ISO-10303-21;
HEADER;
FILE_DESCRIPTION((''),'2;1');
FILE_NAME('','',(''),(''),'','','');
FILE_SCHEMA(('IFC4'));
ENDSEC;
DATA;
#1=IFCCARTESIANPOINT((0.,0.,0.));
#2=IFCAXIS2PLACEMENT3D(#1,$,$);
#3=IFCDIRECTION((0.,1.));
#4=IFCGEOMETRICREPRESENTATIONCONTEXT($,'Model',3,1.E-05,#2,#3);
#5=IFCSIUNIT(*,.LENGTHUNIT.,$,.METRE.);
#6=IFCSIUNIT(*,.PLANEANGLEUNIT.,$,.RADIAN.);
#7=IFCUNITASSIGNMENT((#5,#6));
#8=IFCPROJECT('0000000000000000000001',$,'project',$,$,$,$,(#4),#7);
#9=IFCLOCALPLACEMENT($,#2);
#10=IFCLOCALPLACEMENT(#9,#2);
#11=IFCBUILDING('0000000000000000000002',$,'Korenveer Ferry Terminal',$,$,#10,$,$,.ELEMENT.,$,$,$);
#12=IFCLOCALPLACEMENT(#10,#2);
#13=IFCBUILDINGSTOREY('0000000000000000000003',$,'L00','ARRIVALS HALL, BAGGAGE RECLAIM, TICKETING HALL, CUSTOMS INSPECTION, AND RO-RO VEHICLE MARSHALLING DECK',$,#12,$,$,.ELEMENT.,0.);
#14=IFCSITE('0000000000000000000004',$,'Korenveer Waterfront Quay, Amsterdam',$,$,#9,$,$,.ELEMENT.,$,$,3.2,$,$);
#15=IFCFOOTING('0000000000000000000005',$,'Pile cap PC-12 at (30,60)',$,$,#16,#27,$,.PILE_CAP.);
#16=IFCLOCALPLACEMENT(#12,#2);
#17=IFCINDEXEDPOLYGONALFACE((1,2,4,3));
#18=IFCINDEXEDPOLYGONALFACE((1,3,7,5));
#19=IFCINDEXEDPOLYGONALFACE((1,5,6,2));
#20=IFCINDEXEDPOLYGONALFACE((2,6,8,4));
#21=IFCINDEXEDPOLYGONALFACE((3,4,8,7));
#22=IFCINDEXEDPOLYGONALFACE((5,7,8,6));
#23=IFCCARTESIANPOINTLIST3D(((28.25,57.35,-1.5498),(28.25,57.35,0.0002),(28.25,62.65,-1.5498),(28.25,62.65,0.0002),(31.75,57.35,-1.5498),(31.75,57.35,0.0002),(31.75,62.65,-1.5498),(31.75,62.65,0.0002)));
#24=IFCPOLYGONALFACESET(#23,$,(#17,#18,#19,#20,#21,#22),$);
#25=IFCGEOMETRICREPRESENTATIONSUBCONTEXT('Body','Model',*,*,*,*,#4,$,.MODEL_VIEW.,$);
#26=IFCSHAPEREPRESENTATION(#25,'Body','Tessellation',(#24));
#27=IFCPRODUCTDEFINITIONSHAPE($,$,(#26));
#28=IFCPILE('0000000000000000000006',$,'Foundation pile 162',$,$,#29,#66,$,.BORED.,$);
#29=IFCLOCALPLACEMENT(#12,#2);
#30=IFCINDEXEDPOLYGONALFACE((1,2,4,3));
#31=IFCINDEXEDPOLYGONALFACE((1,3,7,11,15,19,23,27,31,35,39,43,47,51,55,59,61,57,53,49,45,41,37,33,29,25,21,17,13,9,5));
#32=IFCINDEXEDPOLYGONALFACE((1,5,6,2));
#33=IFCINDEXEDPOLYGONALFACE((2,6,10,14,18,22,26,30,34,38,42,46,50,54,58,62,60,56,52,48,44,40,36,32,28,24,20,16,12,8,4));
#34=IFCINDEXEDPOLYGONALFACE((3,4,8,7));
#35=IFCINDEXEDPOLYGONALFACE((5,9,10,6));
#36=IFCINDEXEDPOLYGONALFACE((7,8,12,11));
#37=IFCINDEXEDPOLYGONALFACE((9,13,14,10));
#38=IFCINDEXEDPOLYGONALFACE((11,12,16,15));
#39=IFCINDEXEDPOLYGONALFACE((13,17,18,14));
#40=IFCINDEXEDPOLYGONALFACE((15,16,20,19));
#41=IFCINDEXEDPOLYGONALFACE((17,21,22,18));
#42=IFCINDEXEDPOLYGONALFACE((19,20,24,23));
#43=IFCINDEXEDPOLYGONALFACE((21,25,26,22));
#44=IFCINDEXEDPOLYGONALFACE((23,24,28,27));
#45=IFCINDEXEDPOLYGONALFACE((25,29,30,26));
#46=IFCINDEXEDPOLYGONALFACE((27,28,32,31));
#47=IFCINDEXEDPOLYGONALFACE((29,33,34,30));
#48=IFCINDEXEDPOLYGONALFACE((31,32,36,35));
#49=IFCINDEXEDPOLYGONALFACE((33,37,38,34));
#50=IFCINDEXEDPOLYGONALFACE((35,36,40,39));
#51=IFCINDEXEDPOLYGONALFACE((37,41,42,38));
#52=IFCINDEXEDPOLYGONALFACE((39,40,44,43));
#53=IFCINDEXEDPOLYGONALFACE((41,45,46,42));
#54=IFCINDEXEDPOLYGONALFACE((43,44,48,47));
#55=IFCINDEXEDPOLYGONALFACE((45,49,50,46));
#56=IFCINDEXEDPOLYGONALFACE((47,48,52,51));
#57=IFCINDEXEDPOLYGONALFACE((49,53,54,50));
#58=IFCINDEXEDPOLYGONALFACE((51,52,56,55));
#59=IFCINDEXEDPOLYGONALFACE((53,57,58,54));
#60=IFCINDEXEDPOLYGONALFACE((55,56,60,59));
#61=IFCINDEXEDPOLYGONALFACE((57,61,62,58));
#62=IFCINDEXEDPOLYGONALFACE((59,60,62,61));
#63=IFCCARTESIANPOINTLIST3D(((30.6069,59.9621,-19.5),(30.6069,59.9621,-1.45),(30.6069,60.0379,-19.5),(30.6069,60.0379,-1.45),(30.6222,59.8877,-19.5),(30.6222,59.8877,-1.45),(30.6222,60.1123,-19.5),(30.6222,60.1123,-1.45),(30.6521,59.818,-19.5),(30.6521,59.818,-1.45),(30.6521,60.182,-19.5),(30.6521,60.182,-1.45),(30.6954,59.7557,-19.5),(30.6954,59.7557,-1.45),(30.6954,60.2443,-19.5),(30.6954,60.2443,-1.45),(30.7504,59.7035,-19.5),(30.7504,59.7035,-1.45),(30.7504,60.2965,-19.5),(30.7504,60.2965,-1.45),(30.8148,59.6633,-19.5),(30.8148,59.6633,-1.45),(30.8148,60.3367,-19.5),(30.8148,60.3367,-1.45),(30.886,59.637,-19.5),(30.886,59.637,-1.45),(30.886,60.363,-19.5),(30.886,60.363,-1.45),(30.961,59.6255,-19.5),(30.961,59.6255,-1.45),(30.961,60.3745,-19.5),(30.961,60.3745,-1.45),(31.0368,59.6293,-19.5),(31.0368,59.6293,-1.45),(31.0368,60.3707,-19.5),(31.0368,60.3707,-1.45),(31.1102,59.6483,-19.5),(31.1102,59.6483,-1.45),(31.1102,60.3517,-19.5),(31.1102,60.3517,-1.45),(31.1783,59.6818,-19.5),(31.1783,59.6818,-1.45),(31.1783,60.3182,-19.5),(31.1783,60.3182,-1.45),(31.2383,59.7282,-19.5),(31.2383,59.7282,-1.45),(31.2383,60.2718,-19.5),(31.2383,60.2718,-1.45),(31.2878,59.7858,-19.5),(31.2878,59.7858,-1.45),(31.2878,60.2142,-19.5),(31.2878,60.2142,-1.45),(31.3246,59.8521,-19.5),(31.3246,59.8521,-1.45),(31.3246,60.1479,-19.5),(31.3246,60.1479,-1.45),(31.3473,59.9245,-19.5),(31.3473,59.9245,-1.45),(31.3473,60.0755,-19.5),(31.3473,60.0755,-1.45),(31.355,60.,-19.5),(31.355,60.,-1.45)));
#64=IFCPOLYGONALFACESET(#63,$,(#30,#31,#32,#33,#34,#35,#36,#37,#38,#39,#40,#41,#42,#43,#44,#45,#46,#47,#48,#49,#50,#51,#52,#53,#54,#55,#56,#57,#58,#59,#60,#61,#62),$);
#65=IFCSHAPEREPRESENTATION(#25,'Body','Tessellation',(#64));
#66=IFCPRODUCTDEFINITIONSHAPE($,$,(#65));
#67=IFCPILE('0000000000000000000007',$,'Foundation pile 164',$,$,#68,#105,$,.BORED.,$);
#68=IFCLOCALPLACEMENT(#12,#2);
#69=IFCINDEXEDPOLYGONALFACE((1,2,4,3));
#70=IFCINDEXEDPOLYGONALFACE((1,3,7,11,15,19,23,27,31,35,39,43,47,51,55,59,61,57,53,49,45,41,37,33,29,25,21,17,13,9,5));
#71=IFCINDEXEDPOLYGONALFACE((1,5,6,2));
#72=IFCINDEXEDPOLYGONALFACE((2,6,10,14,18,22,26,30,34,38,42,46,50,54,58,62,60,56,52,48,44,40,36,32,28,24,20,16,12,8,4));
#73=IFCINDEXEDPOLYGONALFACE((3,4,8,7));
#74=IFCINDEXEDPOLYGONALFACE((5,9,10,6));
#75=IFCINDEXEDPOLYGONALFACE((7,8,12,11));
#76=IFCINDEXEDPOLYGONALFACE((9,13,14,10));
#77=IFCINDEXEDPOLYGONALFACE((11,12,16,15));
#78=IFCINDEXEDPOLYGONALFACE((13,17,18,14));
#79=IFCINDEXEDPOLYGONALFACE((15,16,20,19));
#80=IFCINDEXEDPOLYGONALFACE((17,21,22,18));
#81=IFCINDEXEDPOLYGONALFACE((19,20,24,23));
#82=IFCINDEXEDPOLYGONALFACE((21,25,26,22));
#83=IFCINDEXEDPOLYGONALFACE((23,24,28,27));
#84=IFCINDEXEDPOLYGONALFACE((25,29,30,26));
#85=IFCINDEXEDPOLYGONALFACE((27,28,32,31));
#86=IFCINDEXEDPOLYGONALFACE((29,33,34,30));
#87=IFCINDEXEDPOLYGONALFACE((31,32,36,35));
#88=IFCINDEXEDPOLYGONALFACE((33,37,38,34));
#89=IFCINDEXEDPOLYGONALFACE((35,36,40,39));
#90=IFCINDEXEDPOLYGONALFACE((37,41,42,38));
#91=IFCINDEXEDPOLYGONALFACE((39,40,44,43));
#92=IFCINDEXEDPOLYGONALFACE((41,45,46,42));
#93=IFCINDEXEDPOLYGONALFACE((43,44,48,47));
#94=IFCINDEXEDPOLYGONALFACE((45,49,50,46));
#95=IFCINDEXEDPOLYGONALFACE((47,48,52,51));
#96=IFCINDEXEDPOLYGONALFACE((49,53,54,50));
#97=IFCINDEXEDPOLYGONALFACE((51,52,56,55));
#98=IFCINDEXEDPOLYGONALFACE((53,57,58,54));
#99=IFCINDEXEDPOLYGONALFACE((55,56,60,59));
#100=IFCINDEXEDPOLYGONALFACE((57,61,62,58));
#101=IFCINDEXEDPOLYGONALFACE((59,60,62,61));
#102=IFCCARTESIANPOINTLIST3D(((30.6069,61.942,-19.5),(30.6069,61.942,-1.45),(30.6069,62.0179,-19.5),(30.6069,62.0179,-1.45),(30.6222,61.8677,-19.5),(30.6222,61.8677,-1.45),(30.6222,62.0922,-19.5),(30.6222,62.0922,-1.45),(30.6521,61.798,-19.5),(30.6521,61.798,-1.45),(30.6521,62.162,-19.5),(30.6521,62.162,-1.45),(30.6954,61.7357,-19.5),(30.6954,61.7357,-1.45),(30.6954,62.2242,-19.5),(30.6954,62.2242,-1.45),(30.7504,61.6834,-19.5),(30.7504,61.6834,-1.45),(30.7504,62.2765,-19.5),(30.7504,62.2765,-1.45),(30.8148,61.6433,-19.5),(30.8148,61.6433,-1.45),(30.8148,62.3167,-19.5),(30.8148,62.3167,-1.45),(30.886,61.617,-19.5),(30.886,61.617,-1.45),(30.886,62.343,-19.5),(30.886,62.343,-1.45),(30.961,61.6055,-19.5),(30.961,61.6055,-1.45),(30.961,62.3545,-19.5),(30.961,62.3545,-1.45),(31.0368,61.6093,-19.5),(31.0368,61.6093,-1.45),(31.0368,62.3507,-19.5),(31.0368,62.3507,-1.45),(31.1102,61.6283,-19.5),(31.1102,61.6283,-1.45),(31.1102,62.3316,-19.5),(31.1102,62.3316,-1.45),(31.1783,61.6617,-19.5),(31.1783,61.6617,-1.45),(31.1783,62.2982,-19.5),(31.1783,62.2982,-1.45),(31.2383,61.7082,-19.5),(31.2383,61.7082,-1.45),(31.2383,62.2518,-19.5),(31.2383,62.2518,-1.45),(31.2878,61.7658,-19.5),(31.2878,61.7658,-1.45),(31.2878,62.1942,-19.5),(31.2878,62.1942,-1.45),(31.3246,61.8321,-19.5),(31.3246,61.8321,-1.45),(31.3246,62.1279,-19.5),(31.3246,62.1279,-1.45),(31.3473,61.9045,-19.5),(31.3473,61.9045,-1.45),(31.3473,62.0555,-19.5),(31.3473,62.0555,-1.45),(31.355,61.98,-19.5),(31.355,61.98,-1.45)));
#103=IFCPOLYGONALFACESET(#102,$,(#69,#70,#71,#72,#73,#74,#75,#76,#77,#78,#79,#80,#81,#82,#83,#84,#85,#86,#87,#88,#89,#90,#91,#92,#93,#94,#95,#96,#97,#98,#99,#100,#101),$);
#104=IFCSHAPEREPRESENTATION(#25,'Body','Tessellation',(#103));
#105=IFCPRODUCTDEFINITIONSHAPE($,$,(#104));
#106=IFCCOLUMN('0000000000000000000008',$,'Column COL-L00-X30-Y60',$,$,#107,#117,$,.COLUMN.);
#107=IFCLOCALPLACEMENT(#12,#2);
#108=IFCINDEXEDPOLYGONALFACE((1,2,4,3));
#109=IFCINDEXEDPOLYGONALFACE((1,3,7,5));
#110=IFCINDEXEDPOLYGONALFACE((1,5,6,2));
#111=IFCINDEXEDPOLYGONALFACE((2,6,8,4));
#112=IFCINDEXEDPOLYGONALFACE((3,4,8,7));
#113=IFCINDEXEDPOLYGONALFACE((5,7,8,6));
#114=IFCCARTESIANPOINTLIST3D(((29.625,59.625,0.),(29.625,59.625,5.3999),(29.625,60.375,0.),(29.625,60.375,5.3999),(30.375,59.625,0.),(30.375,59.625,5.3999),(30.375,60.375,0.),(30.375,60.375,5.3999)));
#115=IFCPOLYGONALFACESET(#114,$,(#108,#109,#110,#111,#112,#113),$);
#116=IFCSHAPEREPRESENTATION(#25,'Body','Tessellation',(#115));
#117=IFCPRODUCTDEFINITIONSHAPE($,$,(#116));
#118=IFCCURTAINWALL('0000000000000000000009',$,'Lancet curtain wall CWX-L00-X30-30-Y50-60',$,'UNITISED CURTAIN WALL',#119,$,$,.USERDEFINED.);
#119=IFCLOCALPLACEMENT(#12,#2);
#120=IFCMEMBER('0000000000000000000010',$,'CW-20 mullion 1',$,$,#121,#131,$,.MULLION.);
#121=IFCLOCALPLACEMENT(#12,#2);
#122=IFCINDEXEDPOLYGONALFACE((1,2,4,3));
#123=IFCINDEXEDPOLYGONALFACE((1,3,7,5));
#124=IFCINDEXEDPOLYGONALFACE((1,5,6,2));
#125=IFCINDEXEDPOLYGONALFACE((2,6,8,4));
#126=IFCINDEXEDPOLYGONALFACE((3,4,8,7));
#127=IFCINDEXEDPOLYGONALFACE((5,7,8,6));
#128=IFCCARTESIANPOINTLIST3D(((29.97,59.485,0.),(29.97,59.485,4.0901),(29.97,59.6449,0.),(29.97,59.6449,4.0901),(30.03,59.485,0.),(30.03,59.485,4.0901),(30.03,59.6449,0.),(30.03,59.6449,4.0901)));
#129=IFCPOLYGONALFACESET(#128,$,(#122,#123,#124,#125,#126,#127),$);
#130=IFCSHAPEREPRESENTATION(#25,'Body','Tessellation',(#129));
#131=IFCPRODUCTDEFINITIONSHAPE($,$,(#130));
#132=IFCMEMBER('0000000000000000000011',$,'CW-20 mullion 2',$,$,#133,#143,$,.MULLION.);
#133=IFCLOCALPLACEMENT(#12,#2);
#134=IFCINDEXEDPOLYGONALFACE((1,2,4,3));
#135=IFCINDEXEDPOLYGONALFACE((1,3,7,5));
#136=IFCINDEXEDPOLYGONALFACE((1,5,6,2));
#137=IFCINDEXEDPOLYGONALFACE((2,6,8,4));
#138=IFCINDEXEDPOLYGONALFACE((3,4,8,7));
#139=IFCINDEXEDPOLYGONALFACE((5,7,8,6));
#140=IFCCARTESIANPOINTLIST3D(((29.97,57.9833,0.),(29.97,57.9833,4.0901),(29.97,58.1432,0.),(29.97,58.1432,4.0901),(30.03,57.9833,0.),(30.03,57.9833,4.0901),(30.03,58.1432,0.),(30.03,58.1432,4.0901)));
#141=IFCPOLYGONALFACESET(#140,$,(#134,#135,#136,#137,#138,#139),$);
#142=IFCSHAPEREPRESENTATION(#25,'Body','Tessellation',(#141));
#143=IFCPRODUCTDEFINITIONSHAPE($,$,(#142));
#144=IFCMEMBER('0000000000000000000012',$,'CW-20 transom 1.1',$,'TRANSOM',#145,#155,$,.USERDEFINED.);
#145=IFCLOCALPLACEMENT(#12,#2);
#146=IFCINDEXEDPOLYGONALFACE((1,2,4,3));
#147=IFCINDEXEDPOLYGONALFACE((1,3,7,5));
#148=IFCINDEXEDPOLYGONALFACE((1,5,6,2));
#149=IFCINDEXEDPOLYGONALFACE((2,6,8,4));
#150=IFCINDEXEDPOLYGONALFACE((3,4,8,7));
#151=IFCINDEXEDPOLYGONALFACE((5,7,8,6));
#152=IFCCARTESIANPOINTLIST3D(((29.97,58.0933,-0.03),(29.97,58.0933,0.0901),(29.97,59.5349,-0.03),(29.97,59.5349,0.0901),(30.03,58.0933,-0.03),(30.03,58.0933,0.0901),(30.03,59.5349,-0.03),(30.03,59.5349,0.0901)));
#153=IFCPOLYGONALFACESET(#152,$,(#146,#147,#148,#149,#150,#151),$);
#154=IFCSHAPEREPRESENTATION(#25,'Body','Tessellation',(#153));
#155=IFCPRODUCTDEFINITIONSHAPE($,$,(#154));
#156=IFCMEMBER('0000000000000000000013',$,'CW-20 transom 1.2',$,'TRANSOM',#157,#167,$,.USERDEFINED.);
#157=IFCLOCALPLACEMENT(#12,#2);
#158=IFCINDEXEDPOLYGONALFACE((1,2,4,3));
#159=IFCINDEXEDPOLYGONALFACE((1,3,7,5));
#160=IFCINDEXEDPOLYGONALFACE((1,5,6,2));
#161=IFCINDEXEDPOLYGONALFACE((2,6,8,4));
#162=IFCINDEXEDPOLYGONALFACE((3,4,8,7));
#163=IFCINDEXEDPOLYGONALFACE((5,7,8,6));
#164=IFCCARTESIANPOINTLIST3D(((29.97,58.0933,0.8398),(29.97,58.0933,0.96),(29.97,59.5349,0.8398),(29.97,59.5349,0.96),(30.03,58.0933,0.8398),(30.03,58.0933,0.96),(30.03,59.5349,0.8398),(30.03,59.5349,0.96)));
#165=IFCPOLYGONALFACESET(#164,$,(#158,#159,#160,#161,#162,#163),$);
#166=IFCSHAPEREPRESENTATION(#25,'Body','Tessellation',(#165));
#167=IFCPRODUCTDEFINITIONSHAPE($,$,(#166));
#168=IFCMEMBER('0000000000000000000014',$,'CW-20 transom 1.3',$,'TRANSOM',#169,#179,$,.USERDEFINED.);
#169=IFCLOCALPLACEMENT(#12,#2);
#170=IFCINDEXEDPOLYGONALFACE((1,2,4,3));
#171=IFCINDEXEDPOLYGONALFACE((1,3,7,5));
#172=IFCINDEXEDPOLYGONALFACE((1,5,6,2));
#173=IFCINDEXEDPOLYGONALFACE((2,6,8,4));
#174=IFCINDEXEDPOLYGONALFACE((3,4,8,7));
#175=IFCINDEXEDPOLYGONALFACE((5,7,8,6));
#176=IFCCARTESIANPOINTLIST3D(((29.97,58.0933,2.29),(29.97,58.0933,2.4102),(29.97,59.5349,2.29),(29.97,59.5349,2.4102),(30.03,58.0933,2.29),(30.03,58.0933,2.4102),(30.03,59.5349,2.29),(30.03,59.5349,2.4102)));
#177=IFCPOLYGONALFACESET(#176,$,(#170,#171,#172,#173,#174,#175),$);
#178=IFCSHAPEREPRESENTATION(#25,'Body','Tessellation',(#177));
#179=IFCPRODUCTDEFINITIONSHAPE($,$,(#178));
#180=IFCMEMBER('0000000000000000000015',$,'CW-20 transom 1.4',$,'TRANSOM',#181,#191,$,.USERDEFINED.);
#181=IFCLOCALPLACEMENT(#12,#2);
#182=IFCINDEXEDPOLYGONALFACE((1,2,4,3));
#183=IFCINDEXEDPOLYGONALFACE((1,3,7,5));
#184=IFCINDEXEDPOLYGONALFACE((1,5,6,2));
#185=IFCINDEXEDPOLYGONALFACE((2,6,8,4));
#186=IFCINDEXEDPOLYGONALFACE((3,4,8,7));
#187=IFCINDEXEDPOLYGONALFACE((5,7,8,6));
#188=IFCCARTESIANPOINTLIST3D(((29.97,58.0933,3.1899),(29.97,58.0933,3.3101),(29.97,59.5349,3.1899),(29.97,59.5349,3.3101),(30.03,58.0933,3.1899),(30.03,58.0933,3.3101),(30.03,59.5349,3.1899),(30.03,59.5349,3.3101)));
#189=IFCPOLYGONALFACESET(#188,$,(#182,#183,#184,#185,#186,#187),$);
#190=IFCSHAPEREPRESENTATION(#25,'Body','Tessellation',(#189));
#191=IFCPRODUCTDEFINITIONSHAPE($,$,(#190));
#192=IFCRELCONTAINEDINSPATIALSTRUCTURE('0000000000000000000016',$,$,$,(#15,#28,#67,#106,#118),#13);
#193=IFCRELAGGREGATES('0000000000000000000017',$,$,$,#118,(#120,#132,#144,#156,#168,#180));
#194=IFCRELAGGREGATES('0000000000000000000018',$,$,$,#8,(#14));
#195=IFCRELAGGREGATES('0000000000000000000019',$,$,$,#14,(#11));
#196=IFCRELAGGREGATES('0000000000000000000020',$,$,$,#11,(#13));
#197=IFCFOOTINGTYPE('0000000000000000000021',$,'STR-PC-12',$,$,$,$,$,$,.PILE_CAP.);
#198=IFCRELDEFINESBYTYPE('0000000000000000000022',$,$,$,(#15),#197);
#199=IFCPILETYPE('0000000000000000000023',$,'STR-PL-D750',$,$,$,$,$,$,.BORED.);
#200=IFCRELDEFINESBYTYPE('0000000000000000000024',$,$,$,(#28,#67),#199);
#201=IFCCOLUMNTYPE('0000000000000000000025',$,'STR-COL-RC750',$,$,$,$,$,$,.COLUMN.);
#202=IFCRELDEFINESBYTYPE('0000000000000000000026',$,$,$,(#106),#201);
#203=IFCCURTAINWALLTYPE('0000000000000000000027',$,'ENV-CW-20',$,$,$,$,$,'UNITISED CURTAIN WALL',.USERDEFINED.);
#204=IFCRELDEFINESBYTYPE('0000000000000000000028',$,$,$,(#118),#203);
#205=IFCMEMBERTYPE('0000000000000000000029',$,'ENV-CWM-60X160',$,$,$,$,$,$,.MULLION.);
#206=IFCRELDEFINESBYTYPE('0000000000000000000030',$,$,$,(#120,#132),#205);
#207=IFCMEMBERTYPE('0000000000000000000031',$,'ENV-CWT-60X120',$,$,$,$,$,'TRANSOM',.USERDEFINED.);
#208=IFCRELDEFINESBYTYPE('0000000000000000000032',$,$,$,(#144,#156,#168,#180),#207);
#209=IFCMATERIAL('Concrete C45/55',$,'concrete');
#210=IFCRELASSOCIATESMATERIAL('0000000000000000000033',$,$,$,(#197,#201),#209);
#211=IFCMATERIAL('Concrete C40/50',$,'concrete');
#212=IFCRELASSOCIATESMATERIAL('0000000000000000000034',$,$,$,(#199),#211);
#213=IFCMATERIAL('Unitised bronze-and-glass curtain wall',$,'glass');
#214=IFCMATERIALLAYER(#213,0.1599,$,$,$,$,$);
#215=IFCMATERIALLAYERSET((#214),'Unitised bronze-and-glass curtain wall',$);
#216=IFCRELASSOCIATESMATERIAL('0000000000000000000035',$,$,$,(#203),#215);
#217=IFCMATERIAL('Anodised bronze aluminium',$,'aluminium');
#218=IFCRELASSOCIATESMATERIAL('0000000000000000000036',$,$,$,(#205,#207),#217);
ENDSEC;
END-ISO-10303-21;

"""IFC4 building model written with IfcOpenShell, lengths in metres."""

from ifc_helpers import new_model, si_unit, direction, frame, origin, origin_2d, place, context, subcontext, project, spatial, rectangle, circle, extrude, material, layer, layer_set, material_profile, profile_set, type_object, element, aggregate, save


model = new_model("IFC4")

# Units and contexts
model_context = context("Model", 3, precision=1e-05, world=origin(), true_north=direction((0.0, 1.0)))
body_context = subcontext(model_context, "Body", "Model", "MODEL_VIEW")
ifc_project = project(units=[si_unit("LENGTHUNIT", "METRE"), si_unit("PLANEANGLEUNIT", "RADIAN")], contexts=[model_context])

# Site, building, storey
site_placement = place(None, origin())
site = spatial("IfcSite", under=ifc_project, at=site_placement, Name="Korenveer Waterfront Quay, Amsterdam", CompositionType="ELEMENT", RefElevation=3.2)
building_placement = place(site_placement, origin())
building = spatial("IfcBuilding", under=site, at=building_placement, Name="Korenveer Ferry Terminal", CompositionType="ELEMENT")
storey_placement = place(building_placement, origin())
storey = spatial("IfcBuildingStorey", under=building, at=storey_placement, Name="L00", Description="ARRIVALS HALL, BAGGAGE RECLAIM, TICKETING HALL, CUSTOMS INSPECTION, AND RO-RO VEHICLE MARSHALLING DECK", CompositionType="ELEMENT", Elevation=0.0)

# Footing
ifc_material_1 = material(Name="Concrete C45/55", Category="concrete")
footing_type = type_object("IfcFootingType", Name="STR-PC-12", PredefinedType="PILE_CAP", material=ifc_material_1)
footing_placement = place(storey_placement, frame((30.0, 60.0, -1.5498), z_axis=(0.0, 0.0, 1.0), x_axis=(1.0, 0.0, 0.0)))
element("IfcFooting", 1, at=footing_placement, inside=storey, type_object=footing_type, Name="Pile cap PC-12 at (30,60)", PredefinedType="PILE_CAP", context=body_context, shape_type="SweptSolid", body=[
    extrude(rectangle(XDim=3.5, YDim=5.3, at=origin_2d()), origin(), (0.0, 0.0, 1.0), 1.55),
])

# Piles
ifc_material_2 = material(Name="Concrete C40/50", Category="concrete")
ifc_material_profile_1 = material_profile(ifc_material_2, circle(Radius=0.375, at=origin_2d()), Name="PILE D750")
ifc_profile_set_1 = profile_set([ifc_material_profile_1], Name="Concrete C40/50")
pile_type = type_object("IfcPileType", Name="STR-PL-D750", PredefinedType="BORED", material=ifc_profile_set_1)
for number, where, z_axis, x_axis, name in (
    (2, (30.98, 60.0, -1.45), (0.0, 0.0, -1.0), (1.0, 0.0, 0.0), "Foundation pile 162"),
    (3, (30.98, 61.98, -1.45), (0.0, 0.0, -1.0), (1.0, 0.0, 0.0), "Foundation pile 164"),
):
    element("IfcPile", number, at=place(storey_placement, frame(where, z_axis=z_axis, x_axis=x_axis)), inside=storey, type_object=pile_type, Name=name, PredefinedType="BORED", context=body_context, shape_type="SweptSolid", body=[
        extrude(circle(Radius=0.375, at=origin_2d()), origin(), (0.0, 0.0, 1.0), 18.05),
    ])

# Column
ifc_material_profile_2 = material_profile(ifc_material_1, rectangle(XDim=0.75, YDim=0.75, at=origin_2d()), Name="RC 750x750")
ifc_profile_set_2 = profile_set([ifc_material_profile_2], Name="Concrete C45/55")
column_type = type_object("IfcColumnType", Name="STR-COL-RC750", PredefinedType="COLUMN", material=ifc_profile_set_2)
column_placement = place(storey_placement, frame((30.0, 60.0, 0.0), z_axis=(0.0, 0.0, 1.0), x_axis=(1.0, 0.0, 0.0)))
element("IfcColumn", 4, at=column_placement, inside=storey, type_object=column_type, Name="Column COL-L00-X30-Y60", PredefinedType="COLUMN", context=body_context, shape_type="SweptSolid", body=[
    extrude(rectangle(XDim=0.75, YDim=0.75, at=origin_2d()), origin(), (0.0, 0.0, 1.0), 5.3999),
])

# Curtain wall, members
ifc_material_3 = material(Name="Unitised bronze-and-glass curtain wall", Category="glass")
ifc_layer_1 = layer(ifc_material_3, 0.1599)
ifc_layer_set_1 = layer_set([ifc_layer_1], Name="Unitised bronze-and-glass curtain wall")
curtain_wall_type = type_object("IfcCurtainWallType", Name="ENV-CW-20", ElementType="UNITISED CURTAIN WALL", PredefinedType="USERDEFINED", material=ifc_layer_set_1)
curtain_wall_placement = place(storey_placement, frame((30.0, 59.595, 0.0)))
curtain_wall = element("IfcCurtainWall", 5, at=curtain_wall_placement, inside=storey, type_object=curtain_wall_type, Name="Lancet curtain wall CWX-L00-X30-30-Y50-60", ObjectType="UNITISED CURTAIN WALL", PredefinedType="USERDEFINED")
ifc_material_4 = material(Name="Anodised bronze aluminium", Category="aluminium")
ifc_material_profile_3 = material_profile(ifc_material_4, rectangle(XDim=0.0601, YDim=0.1599, at=origin_2d()), Name="ALU 60x160")
ifc_profile_set_3 = profile_set([ifc_material_profile_3], Name="Anodised bronze aluminium")
member_type_1 = type_object("IfcMemberType", Name="ENV-CWM-60X160", PredefinedType="MULLION", material=ifc_profile_set_3)
member_1_placement = place(storey_placement, frame((30.0, 59.5649, 0.0), z_axis=(0.0, 0.0, 1.0), x_axis=(1.0, 0.0, 0.0)))
member_1 = element("IfcMember", 6, at=member_1_placement, type_object=member_type_1, Name="CW-20 mullion 1", PredefinedType="MULLION", context=body_context, shape_type="SweptSolid", body=[
    extrude(rectangle(XDim=0.0601, YDim=0.1599, at=origin_2d()), origin(), (0.0, 0.0, 1.0), 4.0901),
])
member_2_placement = place(storey_placement, frame((30.0, 58.0632, 0.0), z_axis=(0.0, 0.0, 1.0), x_axis=(1.0, 0.0, 0.0)))
member_2 = element("IfcMember", 7, at=member_2_placement, type_object=member_type_1, Name="CW-20 mullion 2", PredefinedType="MULLION", context=body_context, shape_type="SweptSolid", body=[
    extrude(rectangle(XDim=0.0601, YDim=0.1599, at=origin_2d()), origin(), (0.0, 0.0, 1.0), 4.0901),
])
ifc_material_profile_4 = material_profile(ifc_material_4, rectangle(XDim=0.0601, YDim=0.1201, at=origin_2d()), Name="ALU 60x120")
ifc_profile_set_4 = profile_set([ifc_material_profile_4], Name="Anodised bronze aluminium")
member_type_2 = type_object("IfcMemberType", Name="ENV-CWT-60X120", ElementType="TRANSOM", PredefinedType="USERDEFINED", material=ifc_profile_set_4)
member_3_placement = place(storey_placement, frame((30.0, 59.5349, 0.03), z_axis=(0.0, -1.0, 0.0), x_axis=(1.0, 0.0, 0.0)))
member_3 = element("IfcMember", 8, at=member_3_placement, type_object=member_type_2, Name="CW-20 transom 1.1", ObjectType="TRANSOM", PredefinedType="USERDEFINED", context=body_context, shape_type="SweptSolid", body=[
    extrude(rectangle(XDim=0.0601, YDim=0.1201, at=origin_2d()), origin(), (0.0, 0.0, 1.0), 1.4417),
])
member_4_placement = place(storey_placement, frame((30.0, 59.5349, 0.8999), z_axis=(0.0, -1.0, 0.0), x_axis=(1.0, 0.0, 0.0)))
member_4 = element("IfcMember", 9, at=member_4_placement, type_object=member_type_2, Name="CW-20 transom 1.2", ObjectType="TRANSOM", PredefinedType="USERDEFINED", context=body_context, shape_type="SweptSolid", body=[
    extrude(rectangle(XDim=0.0601, YDim=0.1201, at=origin_2d()), origin(), (0.0, 0.0, 1.0), 1.4417),
])
member_5_placement = place(storey_placement, frame((30.0, 59.5349, 2.3501), z_axis=(0.0, -1.0, 0.0), x_axis=(1.0, 0.0, 0.0)))
member_5 = element("IfcMember", 10, at=member_5_placement, type_object=member_type_2, Name="CW-20 transom 1.3", ObjectType="TRANSOM", PredefinedType="USERDEFINED", context=body_context, shape_type="SweptSolid", body=[
    extrude(rectangle(XDim=0.0601, YDim=0.1201, at=origin_2d()), origin(), (0.0, 0.0, 1.0), 1.4417),
])
member_6_placement = place(storey_placement, frame((30.0, 59.5349, 3.25), z_axis=(0.0, -1.0, 0.0), x_axis=(1.0, 0.0, 0.0)))
member_6 = element("IfcMember", 11, at=member_6_placement, type_object=member_type_2, Name="CW-20 transom 1.4", ObjectType="TRANSOM", PredefinedType="USERDEFINED", context=body_context, shape_type="SweptSolid", body=[
    extrude(rectangle(XDim=0.0601, YDim=0.1201, at=origin_2d()), origin(), (0.0, 0.0, 1.0), 1.4417),
])

aggregate(curtain_wall, [member_1, member_2, member_3, member_4, member_5, member_6])

save(model, "model.ifc")
